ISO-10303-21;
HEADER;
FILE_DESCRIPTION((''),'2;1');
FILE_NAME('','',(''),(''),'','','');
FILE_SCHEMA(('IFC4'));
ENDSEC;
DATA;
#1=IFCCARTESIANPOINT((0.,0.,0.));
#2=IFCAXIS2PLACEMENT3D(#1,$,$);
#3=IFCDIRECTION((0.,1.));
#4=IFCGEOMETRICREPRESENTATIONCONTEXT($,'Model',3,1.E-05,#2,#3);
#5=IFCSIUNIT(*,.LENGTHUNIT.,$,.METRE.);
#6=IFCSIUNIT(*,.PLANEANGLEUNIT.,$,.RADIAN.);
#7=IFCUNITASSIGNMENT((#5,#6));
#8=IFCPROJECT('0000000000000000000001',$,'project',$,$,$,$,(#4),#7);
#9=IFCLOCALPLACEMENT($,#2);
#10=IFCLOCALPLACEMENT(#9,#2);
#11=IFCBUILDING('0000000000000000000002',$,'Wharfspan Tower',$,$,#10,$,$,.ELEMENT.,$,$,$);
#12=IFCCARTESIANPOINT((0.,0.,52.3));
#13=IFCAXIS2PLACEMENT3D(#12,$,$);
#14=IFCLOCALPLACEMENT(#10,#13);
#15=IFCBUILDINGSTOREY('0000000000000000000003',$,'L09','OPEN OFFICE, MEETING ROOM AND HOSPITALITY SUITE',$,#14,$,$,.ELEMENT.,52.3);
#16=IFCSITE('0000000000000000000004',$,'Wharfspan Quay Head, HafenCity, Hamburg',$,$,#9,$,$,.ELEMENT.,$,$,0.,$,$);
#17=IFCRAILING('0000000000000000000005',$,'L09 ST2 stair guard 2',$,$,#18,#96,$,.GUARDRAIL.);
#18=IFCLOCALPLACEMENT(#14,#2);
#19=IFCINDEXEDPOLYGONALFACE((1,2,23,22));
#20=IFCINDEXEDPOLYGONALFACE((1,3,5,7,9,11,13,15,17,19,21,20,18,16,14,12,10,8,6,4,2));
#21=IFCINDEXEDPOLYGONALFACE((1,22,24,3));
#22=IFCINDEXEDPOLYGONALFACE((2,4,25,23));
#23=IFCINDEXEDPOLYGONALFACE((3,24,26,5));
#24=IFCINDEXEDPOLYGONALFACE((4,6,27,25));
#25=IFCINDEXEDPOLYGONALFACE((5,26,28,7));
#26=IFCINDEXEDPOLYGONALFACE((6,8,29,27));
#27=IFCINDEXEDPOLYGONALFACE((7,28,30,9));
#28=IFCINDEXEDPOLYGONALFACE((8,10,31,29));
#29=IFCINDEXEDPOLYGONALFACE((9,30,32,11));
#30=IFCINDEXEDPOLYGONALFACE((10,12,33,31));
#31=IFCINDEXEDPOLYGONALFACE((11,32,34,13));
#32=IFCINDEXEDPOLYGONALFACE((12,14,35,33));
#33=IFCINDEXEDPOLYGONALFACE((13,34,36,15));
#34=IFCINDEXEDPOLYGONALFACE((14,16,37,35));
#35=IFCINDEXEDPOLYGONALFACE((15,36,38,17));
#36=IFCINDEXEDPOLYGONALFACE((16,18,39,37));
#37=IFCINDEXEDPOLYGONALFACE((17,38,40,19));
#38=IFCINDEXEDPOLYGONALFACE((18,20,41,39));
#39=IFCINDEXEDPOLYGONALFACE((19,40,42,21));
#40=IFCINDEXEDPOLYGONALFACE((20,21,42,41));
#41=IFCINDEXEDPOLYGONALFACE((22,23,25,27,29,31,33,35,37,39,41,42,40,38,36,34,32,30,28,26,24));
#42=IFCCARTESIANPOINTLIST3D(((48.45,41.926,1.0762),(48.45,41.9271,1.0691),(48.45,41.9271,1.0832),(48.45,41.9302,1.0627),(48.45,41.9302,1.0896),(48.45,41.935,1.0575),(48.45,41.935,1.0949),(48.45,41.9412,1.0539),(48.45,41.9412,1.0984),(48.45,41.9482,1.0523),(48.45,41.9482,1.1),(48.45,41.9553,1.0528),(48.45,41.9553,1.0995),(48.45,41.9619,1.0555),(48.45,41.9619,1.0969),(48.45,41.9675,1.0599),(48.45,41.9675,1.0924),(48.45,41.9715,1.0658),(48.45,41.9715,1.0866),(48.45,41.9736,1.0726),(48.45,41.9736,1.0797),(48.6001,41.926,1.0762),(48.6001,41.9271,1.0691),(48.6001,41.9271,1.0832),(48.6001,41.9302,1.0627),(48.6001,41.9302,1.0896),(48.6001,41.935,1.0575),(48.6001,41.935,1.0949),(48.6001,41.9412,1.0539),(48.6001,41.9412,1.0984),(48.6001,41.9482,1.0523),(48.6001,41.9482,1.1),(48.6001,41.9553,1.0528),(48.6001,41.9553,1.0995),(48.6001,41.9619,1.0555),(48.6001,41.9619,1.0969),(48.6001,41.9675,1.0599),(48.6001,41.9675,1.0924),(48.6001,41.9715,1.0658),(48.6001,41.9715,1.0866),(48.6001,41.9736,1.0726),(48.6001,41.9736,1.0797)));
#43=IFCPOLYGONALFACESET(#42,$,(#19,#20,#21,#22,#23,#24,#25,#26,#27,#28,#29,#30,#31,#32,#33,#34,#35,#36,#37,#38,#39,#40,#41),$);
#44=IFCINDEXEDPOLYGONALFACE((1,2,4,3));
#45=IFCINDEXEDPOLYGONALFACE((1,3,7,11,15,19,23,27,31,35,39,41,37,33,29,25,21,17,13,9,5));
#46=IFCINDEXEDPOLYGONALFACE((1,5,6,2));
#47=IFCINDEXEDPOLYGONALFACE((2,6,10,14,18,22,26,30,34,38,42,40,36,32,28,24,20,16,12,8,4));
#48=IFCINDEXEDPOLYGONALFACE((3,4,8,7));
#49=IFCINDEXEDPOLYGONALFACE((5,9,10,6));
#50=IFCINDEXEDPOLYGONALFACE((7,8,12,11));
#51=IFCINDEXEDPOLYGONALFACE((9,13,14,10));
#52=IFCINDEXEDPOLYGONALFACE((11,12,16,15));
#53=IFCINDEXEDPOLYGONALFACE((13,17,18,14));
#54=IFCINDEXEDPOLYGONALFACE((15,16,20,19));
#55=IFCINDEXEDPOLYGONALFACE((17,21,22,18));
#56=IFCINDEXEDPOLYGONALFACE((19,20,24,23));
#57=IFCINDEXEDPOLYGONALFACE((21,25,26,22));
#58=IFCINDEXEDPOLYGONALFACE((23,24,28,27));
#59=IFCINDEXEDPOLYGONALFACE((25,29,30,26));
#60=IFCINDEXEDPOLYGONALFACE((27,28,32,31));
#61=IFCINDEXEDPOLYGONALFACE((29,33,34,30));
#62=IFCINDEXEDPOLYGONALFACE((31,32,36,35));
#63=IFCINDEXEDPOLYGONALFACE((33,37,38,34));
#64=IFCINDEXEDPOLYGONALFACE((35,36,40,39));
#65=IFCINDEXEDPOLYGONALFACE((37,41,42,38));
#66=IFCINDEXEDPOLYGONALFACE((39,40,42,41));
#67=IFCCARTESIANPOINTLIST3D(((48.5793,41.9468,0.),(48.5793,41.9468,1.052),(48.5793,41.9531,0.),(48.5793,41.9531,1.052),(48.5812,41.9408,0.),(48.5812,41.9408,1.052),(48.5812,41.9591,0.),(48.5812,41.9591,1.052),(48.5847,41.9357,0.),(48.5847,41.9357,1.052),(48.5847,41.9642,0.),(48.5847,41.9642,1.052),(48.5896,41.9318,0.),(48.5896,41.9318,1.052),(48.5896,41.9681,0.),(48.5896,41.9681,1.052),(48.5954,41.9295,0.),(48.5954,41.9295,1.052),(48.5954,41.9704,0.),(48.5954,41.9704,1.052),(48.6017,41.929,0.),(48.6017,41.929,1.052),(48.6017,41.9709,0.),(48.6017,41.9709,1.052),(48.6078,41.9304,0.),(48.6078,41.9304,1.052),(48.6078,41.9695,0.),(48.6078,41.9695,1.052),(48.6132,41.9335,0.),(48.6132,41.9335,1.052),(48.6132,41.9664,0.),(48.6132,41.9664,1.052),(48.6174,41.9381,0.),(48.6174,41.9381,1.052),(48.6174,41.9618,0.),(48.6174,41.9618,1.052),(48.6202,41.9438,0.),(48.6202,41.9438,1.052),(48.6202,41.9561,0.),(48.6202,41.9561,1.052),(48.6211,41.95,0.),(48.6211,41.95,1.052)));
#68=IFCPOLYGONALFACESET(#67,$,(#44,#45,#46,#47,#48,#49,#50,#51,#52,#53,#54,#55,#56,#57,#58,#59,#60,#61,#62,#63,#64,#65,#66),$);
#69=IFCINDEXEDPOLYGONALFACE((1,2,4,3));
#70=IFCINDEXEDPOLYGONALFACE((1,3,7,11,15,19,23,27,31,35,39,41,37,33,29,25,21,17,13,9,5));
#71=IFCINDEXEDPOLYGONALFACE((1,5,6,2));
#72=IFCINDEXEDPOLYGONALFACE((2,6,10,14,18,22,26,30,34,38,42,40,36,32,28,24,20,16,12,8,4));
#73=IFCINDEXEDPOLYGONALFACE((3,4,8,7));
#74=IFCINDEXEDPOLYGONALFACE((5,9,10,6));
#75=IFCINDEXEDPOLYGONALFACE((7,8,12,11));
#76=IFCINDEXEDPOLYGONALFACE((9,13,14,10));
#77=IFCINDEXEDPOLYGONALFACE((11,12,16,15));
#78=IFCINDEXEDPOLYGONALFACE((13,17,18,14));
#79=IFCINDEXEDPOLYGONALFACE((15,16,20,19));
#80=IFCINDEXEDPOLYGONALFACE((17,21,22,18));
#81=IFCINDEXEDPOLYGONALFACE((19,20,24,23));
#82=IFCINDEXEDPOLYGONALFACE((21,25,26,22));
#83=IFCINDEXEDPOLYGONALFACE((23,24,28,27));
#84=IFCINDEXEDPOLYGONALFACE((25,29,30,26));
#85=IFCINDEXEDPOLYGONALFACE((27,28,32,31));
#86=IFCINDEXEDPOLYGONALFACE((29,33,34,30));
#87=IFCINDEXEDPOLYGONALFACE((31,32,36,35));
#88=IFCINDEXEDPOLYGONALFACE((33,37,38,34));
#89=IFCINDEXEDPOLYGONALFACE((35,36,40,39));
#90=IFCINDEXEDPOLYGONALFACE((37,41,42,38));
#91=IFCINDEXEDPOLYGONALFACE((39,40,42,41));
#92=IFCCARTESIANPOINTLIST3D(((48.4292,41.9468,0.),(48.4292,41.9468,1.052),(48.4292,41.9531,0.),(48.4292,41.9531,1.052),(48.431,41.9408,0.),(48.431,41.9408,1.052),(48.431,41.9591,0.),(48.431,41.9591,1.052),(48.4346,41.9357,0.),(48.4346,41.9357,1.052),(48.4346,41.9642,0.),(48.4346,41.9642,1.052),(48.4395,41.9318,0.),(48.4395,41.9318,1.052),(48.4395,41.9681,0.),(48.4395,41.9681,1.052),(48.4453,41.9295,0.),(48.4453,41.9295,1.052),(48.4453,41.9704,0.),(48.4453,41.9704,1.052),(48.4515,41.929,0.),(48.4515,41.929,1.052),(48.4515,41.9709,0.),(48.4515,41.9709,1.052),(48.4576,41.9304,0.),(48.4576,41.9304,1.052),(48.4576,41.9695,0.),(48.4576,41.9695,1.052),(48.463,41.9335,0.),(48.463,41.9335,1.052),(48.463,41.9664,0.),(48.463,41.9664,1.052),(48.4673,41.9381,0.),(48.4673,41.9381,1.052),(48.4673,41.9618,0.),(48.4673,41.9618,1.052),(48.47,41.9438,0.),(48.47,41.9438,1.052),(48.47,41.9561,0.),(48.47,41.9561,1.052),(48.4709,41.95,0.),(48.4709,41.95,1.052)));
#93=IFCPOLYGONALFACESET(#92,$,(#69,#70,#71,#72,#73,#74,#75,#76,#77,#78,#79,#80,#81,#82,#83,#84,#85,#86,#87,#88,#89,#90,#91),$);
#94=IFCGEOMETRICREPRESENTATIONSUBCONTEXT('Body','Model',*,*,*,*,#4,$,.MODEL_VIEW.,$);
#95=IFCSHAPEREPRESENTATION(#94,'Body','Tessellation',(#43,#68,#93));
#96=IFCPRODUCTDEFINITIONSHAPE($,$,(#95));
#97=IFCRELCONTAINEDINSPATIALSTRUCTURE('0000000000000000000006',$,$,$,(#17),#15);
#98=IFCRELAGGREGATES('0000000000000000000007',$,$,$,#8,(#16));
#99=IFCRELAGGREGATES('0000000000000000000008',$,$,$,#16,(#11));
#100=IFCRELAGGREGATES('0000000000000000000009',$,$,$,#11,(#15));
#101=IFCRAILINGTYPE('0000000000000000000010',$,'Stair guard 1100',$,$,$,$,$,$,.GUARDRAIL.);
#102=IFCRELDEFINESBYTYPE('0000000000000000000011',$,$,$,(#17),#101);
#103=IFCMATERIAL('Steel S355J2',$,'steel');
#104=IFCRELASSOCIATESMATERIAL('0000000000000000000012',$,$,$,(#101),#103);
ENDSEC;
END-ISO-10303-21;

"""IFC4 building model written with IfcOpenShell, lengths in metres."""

from ifc_helpers import new_model, si_unit, direction, frame, origin, origin_2d, place, context, subcontext, project, spatial, circle, extrude, material, type_object, element, save


model = new_model("IFC4")

# Units and contexts
model_context = context("Model", 3, precision=1e-05, world=origin(), true_north=direction((0.0, 1.0)))
body_context = subcontext(model_context, "Body", "Model", "MODEL_VIEW")
ifc_project = project(units=[si_unit("LENGTHUNIT", "METRE"), si_unit("PLANEANGLEUNIT", "RADIAN")], contexts=[model_context])

# Site, building, storey
site_placement = place(None, origin())
site = spatial("IfcSite", under=ifc_project, at=site_placement, Name="Wharfspan Quay Head, HafenCity, Hamburg", CompositionType="ELEMENT", RefElevation=0.0)
building_placement = place(site_placement, origin())
building = spatial("IfcBuilding", under=site, at=building_placement, Name="Wharfspan Tower", CompositionType="ELEMENT")
storey_placement = place(building_placement, frame((0.0, 0.0, 52.3)))
storey = spatial("IfcBuildingStorey", under=building, at=storey_placement, Name="L09", Description="OPEN OFFICE, MEETING ROOM AND HOSPITALITY SUITE", CompositionType="ELEMENT", Elevation=52.3)

# Shared definitions
ifc_material_1 = material(Name="Steel S355J2", Category="steel")

# Railing
railing_type_1 = type_object("IfcRailingType", Name="Stair guard 1100", PredefinedType="GUARDRAIL", material=ifc_material_1)
railing_1_placement = place(storey_placement, frame((48.6001, 41.95, 0.0)))
element("IfcRailing", 1, at=railing_1_placement, inside=storey, type_object=railing_type_1, Name="L09 ST2 stair guard 2", PredefinedType="GUARDRAIL", context=body_context, shape_type="SweptSolid", body=[
    extrude(circle(Radius=0.0239, at=origin_2d()), frame((0.0, 0.0, 1.0762), z_axis=(-1.0, 0.0, 0.0), x_axis=(0.0, -1.0, 0.0)), (0.0, 0.0, 1.0), 0.1501),
    extrude(circle(Radius=0.021, at=origin_2d()), origin(), (0.0, 0.0, 1.0), 1.052),
    extrude(circle(Radius=0.021, at=origin_2d()), frame((-0.1501, 0.0, 0.0)), (0.0, 0.0, 1.0), 1.052),
])

save(model, "model.ifc")
